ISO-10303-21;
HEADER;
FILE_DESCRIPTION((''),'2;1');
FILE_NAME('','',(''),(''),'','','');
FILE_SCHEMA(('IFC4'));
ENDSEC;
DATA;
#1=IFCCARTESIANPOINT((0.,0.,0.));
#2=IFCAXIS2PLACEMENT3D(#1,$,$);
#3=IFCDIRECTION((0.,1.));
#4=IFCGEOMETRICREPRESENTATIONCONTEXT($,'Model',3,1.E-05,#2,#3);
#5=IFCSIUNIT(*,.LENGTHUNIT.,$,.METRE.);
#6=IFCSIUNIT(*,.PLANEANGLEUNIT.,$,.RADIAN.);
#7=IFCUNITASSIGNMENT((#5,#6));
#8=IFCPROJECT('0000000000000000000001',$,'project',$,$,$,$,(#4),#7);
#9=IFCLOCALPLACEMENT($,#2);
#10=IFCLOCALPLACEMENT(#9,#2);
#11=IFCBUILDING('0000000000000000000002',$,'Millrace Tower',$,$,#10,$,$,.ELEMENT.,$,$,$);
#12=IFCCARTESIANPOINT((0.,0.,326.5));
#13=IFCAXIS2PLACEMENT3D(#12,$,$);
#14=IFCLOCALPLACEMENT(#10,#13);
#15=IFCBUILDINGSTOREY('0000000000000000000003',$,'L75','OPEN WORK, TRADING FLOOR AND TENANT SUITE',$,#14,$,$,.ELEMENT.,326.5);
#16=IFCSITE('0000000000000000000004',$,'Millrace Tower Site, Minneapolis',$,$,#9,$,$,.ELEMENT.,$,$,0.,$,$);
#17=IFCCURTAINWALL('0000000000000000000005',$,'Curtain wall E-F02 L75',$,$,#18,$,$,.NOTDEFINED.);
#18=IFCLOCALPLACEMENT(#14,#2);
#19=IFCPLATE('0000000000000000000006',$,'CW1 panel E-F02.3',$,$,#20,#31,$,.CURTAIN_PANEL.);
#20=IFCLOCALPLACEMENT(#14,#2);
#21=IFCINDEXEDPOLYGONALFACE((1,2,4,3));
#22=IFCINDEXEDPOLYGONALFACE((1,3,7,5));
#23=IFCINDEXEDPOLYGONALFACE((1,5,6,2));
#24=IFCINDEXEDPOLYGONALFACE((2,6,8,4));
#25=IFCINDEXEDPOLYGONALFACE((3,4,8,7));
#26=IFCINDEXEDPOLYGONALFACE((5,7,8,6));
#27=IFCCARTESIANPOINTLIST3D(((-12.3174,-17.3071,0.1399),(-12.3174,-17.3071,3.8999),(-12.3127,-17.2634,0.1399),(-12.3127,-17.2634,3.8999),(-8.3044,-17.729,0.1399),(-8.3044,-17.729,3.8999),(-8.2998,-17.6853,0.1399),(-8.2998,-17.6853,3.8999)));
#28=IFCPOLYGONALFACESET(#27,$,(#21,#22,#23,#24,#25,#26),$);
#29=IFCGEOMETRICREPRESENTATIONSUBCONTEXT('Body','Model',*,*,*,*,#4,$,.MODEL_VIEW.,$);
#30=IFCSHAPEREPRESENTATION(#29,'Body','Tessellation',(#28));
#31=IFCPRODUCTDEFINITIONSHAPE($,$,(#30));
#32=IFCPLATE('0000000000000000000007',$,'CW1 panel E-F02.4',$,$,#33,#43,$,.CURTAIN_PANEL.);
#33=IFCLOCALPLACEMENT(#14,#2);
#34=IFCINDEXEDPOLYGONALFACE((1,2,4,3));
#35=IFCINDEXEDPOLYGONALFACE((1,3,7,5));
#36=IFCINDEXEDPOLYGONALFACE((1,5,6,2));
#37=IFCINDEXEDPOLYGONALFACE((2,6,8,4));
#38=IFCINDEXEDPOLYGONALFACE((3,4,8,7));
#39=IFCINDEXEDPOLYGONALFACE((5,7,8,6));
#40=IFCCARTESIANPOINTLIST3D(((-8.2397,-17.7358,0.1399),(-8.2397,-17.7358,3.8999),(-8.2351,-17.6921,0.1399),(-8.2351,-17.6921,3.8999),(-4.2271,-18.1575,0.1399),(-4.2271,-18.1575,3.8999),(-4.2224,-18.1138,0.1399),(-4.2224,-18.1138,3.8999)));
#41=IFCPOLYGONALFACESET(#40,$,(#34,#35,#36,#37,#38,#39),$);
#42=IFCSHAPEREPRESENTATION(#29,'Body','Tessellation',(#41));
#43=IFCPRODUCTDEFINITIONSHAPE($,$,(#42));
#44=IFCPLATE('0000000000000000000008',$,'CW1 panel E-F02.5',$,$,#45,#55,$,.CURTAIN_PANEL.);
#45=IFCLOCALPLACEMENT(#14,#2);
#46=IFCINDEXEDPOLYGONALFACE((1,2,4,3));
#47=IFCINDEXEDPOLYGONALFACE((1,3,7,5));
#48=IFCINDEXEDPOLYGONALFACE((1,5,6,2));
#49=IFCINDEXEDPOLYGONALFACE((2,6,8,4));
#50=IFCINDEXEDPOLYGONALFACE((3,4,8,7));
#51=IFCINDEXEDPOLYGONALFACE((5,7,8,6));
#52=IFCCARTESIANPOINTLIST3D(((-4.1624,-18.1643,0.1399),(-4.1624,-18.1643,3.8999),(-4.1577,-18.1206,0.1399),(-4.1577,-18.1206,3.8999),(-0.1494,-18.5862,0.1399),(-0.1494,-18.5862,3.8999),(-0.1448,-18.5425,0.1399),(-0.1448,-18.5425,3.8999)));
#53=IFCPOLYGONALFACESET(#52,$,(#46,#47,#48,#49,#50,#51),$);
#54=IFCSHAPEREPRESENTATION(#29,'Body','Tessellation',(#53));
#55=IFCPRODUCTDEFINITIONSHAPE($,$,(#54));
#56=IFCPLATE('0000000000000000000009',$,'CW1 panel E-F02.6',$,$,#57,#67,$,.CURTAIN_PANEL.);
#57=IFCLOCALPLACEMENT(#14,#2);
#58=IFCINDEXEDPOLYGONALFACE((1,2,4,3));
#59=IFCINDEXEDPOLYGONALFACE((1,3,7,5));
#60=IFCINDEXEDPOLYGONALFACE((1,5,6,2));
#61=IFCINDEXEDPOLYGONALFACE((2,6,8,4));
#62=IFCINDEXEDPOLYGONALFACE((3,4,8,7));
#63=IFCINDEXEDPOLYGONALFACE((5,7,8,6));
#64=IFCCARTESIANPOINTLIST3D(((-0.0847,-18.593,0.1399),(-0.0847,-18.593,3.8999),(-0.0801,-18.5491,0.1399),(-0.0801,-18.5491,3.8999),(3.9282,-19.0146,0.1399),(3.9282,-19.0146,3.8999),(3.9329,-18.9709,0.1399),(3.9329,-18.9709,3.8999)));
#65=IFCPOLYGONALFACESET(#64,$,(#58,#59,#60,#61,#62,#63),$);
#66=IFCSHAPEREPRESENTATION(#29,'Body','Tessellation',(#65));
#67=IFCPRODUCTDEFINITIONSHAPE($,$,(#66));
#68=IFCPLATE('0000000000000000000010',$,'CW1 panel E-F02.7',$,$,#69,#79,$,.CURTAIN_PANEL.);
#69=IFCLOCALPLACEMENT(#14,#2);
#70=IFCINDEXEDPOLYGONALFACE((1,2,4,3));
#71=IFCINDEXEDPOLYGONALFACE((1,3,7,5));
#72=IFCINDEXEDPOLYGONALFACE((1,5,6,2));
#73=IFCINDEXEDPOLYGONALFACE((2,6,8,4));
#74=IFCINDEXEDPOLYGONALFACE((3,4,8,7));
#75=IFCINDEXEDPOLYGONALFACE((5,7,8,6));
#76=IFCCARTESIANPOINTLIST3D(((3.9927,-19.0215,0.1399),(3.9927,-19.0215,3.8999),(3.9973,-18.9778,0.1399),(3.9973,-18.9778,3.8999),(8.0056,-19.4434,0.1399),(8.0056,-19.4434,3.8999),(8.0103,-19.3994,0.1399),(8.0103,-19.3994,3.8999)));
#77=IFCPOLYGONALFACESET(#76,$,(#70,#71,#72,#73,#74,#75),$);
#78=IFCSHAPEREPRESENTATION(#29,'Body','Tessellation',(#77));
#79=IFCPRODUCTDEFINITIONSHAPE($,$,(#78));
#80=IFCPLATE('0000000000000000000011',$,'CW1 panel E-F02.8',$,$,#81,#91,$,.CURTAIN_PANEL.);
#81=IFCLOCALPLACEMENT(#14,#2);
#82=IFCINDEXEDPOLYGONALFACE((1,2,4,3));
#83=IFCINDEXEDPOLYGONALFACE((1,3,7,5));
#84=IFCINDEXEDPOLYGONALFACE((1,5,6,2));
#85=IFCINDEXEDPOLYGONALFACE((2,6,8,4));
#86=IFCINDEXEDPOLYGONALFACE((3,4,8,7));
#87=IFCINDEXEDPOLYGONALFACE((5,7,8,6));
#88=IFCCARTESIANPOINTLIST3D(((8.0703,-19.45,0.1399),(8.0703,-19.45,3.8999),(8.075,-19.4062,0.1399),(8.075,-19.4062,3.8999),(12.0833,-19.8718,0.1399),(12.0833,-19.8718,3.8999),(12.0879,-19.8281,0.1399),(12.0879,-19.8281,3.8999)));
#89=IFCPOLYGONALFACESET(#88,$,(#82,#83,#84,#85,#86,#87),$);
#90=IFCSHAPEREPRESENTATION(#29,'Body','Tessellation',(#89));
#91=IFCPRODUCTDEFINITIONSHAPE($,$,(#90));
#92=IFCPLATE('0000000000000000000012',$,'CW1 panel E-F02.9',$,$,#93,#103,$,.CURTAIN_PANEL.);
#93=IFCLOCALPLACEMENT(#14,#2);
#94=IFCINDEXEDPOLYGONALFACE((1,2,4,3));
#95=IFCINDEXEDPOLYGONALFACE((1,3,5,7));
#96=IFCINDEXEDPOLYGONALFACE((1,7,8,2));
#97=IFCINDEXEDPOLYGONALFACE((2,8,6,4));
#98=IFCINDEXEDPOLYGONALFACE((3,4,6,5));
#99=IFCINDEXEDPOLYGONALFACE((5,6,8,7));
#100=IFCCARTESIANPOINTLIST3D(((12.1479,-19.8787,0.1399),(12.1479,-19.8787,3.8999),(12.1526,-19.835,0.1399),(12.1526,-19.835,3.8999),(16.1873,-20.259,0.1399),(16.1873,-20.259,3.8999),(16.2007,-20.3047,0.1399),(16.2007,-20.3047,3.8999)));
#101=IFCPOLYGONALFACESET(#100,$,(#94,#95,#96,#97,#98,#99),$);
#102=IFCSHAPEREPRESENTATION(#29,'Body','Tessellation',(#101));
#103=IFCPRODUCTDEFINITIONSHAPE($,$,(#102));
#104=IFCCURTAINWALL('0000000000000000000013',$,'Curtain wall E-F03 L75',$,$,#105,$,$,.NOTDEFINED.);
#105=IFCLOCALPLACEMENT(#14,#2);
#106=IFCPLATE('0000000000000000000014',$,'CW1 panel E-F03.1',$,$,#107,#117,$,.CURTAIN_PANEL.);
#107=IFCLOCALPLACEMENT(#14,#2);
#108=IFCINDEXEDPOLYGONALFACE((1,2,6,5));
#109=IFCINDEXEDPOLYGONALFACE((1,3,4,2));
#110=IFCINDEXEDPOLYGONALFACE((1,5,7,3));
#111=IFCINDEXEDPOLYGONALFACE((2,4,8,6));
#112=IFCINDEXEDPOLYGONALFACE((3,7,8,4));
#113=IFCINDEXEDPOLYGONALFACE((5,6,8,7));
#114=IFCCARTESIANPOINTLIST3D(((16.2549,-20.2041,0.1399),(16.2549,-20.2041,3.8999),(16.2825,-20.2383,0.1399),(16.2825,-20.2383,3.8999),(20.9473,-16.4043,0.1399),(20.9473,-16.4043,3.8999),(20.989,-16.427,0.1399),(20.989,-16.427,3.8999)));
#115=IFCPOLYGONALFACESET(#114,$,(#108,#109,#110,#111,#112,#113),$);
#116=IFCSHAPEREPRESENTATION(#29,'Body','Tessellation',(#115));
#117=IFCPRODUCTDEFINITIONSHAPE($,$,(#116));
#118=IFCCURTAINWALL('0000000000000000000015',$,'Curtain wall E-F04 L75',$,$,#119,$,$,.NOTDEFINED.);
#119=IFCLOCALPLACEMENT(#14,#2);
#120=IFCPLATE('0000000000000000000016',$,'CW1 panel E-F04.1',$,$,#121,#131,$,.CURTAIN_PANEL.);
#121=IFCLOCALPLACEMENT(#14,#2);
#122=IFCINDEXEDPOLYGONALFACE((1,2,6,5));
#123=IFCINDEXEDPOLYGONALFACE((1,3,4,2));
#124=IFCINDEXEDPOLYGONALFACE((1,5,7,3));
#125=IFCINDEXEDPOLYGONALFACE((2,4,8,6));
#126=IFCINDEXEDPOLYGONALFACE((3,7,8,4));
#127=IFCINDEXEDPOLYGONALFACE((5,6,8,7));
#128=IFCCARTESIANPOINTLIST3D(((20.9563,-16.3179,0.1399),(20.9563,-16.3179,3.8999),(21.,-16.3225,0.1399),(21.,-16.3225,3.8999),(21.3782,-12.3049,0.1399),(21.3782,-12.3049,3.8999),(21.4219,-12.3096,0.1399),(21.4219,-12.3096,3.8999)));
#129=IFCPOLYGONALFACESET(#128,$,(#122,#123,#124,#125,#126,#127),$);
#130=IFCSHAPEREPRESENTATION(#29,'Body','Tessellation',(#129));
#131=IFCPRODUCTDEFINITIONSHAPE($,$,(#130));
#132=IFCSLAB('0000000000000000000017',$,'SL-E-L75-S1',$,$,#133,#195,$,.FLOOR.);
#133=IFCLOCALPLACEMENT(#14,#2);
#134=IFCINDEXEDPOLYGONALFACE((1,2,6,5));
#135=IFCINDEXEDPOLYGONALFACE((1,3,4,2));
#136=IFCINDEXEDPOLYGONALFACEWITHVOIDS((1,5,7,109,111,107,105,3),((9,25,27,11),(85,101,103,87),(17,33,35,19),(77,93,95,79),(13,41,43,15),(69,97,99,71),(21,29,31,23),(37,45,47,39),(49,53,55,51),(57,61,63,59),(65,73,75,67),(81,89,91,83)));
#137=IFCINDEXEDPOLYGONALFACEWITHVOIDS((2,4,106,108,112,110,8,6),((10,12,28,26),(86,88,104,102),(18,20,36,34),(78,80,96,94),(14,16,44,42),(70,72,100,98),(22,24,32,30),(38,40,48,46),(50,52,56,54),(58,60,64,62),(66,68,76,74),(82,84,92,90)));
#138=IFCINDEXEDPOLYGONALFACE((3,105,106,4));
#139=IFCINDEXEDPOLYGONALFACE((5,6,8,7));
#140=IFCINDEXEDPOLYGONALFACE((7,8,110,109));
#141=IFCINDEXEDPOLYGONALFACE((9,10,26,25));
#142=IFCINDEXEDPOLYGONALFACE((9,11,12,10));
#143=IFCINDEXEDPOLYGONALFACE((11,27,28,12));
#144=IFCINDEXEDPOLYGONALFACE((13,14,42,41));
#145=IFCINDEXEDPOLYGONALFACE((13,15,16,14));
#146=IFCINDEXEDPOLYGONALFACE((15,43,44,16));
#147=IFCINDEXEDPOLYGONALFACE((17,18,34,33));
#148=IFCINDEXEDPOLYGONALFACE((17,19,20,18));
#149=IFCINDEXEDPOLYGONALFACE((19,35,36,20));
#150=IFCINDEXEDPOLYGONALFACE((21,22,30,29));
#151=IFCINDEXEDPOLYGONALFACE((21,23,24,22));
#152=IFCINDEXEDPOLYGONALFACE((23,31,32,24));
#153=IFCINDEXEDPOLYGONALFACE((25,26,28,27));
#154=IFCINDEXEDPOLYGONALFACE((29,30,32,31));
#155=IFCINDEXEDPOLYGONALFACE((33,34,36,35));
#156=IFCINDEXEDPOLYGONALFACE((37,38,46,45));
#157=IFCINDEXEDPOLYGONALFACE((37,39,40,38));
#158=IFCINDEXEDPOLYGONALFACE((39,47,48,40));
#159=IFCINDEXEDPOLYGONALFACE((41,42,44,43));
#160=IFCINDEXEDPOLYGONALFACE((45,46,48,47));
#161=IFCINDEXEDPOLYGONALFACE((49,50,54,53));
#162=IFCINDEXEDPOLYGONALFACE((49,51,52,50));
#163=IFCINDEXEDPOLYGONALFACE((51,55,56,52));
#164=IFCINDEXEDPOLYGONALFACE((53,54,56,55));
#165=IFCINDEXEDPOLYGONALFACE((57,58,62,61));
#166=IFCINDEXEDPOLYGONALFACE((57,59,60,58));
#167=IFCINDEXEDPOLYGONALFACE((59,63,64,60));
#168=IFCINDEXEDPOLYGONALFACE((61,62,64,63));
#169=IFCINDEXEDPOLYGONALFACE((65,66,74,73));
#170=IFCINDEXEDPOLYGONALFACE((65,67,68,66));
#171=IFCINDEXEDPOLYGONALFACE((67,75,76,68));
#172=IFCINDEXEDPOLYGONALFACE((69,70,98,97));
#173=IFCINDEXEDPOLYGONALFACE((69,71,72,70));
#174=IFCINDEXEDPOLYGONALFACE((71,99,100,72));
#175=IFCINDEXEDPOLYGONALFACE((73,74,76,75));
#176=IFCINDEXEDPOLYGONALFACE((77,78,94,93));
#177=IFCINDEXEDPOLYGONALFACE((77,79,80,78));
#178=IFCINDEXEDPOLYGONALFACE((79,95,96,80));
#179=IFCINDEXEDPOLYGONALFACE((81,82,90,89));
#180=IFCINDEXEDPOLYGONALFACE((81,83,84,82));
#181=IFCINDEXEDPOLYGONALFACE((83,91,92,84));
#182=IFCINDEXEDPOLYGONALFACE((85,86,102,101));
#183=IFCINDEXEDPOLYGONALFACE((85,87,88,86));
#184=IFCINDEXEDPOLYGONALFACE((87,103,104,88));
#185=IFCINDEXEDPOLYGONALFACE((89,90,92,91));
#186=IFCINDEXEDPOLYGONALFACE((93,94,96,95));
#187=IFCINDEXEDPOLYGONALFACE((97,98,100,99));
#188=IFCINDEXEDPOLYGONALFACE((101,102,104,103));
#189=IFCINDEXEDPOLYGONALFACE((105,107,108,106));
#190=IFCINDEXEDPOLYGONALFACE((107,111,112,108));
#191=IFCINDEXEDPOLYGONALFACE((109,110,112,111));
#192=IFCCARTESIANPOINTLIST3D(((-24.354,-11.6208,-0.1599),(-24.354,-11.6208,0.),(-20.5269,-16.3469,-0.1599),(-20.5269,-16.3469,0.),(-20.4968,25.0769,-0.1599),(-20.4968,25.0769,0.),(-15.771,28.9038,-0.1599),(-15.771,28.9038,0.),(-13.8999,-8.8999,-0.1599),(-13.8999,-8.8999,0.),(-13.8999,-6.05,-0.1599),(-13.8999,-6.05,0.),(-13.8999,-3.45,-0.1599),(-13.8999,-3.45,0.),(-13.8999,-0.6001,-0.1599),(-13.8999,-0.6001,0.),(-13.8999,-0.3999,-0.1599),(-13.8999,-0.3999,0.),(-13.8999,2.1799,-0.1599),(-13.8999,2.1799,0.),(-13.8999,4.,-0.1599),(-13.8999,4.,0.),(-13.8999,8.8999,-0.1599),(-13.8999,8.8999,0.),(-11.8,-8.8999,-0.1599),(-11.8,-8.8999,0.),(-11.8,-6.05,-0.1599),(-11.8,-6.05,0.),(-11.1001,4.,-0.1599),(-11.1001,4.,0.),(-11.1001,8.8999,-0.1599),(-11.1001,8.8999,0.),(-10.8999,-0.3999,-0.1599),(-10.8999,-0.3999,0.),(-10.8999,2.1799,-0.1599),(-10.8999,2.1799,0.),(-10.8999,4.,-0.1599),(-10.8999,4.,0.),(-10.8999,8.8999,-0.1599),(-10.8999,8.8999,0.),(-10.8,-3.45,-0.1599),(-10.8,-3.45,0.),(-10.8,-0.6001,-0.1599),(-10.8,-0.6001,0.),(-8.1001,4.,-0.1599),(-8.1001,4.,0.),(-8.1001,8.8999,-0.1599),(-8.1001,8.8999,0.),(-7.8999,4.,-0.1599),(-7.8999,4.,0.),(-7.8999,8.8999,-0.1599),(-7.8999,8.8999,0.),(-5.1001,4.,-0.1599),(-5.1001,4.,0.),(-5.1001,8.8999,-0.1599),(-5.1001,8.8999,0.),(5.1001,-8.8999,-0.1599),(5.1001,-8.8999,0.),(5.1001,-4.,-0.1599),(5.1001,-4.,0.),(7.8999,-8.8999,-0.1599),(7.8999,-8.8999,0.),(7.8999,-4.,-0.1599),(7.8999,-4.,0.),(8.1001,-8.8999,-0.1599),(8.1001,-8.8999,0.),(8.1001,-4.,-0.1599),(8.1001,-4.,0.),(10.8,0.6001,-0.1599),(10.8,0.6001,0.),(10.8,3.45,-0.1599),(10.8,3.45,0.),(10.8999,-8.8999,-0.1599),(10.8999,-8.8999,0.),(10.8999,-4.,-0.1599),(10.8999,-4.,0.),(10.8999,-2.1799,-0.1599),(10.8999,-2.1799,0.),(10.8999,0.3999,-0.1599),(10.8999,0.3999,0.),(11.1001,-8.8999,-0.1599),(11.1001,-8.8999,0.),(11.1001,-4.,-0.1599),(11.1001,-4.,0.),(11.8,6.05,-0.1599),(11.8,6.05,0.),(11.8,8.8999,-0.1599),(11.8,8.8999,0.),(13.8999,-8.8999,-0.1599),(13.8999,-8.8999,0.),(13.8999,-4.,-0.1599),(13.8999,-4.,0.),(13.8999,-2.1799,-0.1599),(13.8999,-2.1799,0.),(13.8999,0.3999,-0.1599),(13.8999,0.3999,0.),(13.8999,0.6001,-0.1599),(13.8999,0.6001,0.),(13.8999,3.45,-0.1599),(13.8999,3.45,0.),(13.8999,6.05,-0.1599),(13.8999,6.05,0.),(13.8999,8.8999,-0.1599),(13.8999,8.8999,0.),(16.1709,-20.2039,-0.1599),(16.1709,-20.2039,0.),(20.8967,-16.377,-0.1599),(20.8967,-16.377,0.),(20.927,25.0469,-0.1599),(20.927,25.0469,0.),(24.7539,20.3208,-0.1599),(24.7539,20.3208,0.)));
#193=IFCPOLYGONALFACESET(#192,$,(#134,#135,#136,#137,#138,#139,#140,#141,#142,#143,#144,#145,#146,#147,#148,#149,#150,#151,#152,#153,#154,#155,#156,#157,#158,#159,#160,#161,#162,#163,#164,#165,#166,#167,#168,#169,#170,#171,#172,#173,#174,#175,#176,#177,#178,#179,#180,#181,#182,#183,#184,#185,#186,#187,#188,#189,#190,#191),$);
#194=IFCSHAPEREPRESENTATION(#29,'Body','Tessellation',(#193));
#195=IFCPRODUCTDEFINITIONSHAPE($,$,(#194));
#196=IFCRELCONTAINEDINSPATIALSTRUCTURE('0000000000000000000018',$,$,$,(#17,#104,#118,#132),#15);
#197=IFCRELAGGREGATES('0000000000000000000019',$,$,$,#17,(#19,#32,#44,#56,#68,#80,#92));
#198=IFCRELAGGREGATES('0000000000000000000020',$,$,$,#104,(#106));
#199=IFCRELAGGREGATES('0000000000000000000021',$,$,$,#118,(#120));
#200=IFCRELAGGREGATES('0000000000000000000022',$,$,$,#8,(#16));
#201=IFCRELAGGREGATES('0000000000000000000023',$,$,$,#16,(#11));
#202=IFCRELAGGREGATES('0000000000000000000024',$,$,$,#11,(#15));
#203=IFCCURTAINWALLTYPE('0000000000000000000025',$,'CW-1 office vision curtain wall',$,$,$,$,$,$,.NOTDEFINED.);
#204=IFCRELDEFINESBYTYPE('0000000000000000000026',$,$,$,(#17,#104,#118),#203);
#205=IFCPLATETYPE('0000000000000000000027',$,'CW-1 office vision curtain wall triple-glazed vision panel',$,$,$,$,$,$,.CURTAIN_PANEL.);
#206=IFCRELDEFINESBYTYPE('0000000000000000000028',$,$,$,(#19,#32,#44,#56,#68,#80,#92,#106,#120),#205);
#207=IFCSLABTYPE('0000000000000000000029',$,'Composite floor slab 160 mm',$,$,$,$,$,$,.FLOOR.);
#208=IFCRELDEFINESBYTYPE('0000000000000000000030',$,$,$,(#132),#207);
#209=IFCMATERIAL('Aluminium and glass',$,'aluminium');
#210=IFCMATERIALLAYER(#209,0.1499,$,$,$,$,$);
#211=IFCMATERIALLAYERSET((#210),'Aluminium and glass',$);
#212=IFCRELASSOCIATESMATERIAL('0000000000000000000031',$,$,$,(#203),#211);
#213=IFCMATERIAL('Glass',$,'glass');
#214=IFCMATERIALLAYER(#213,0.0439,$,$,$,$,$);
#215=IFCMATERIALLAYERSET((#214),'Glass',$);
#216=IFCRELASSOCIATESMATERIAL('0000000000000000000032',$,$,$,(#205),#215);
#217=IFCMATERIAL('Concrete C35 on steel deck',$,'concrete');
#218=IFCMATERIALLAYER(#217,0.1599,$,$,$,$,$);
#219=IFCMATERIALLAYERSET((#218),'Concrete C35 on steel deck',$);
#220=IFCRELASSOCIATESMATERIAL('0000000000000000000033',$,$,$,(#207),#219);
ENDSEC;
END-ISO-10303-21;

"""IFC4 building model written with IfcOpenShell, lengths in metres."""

from ifc_helpers import new_model, si_unit, direction, frame, origin, place, context, subcontext, project, spatial, polyline, outline, extrude, material, layer, layer_set, type_object, element, aggregate, save


model = new_model("IFC4")

# Units and contexts
model_context = context("Model", 3, precision=1e-05, world=origin(), true_north=direction((0.0, 1.0)))
body_context = subcontext(model_context, "Body", "Model", "MODEL_VIEW")
ifc_project = project(units=[si_unit("LENGTHUNIT", "METRE"), si_unit("PLANEANGLEUNIT", "RADIAN")], contexts=[model_context])

# Site, building, storey
site_placement = place(None, origin())
site = spatial("IfcSite", under=ifc_project, at=site_placement, Name="Millrace Tower Site, Minneapolis", CompositionType="ELEMENT", RefElevation=0.0)
building_placement = place(site_placement, origin())
building = spatial("IfcBuilding", under=site, at=building_placement, Name="Millrace Tower", CompositionType="ELEMENT")
storey_placement = place(building_placement, frame((0.0, 0.0, 326.5)))
storey = spatial("IfcBuildingStorey", under=building, at=storey_placement, Name="L75", Description="OPEN WORK, TRADING FLOOR AND TENANT SUITE", CompositionType="ELEMENT", Elevation=326.5)

# Shared definitions
ifc_material_1 = material(Name="Aluminium and glass", Category="aluminium")
ifc_layer_1 = layer(ifc_material_1, 0.1499)
ifc_layer_set_1 = layer_set([ifc_layer_1], Name="Aluminium and glass")
curtain_wall_type = type_object("IfcCurtainWallType", Name="CW-1 office vision curtain wall", PredefinedType="NOTDEFINED", material=ifc_layer_set_1)
placement_1 = place(storey_placement, origin())
ifc_material_2 = material(Name="Glass", Category="glass")
ifc_layer_2 = layer(ifc_material_2, 0.0439)
ifc_layer_set_2 = layer_set([ifc_layer_2], Name="Glass")
plate_type = type_object("IfcPlateType", Name="CW-1 office vision curtain wall triple-glazed vision panel", PredefinedType="CURTAIN_PANEL", material=ifc_layer_set_2)
placement_2 = place(storey_placement, frame((0.0, 0.0, 0.1399)))

# Curtain wall, plates
curtain_wall_1 = element("IfcCurtainWall", 1, at=placement_1, inside=storey, type_object=curtain_wall_type, Name="Curtain wall E-F02 L75", PredefinedType="NOTDEFINED")
plate_1 = element("IfcPlate", 2, at=placement_2, type_object=plate_type, Name="CW1 panel E-F02.3", PredefinedType="CURTAIN_PANEL", context=body_context, shape_type="SweptSolid", body=[
    extrude(outline(polyline([(-12.3174, -17.3071), (-8.3044, -17.729), (-8.2998, -17.6853), (-12.3127, -17.2634), (-12.3174, -17.3071)])), origin(), (0.0, 0.0, 1.0), 3.76),
])
plate_2 = element("IfcPlate", 3, at=placement_2, type_object=plate_type, Name="CW1 panel E-F02.4", PredefinedType="CURTAIN_PANEL", context=body_context, shape_type="SweptSolid", body=[
    extrude(outline(polyline([(-8.2397, -17.7358), (-4.2271, -18.1575), (-4.2224, -18.1138), (-8.2351, -17.6921), (-8.2397, -17.7358)])), origin(), (0.0, 0.0, 1.0), 3.76),
])
plate_3 = element("IfcPlate", 4, at=placement_2, type_object=plate_type, Name="CW1 panel E-F02.5", PredefinedType="CURTAIN_PANEL", context=body_context, shape_type="SweptSolid", body=[
    extrude(outline(polyline([(-4.1624, -18.1643), (-0.1494, -18.5862), (-0.1448, -18.5425), (-4.1577, -18.1206), (-4.1624, -18.1643)])), origin(), (0.0, 0.0, 1.0), 3.76),
])
plate_4 = element("IfcPlate", 5, at=placement_2, type_object=plate_type, Name="CW1 panel E-F02.6", PredefinedType="CURTAIN_PANEL", context=body_context, shape_type="SweptSolid", body=[
    extrude(outline(polyline([(-0.0847, -18.593), (3.9282, -19.0146), (3.9329, -18.9709), (-0.0801, -18.5491), (-0.0847, -18.593)])), origin(), (0.0, 0.0, 1.0), 3.76),
])
plate_5 = element("IfcPlate", 6, at=placement_2, type_object=plate_type, Name="CW1 panel E-F02.7", PredefinedType="CURTAIN_PANEL", context=body_context, shape_type="SweptSolid", body=[
    extrude(outline(polyline([(3.9927, -19.0215), (8.0056, -19.4434), (8.0103, -19.3994), (3.9973, -18.9778), (3.9927, -19.0215)])), origin(), (0.0, 0.0, 1.0), 3.76),
])
plate_6 = element("IfcPlate", 7, at=placement_2, type_object=plate_type, Name="CW1 panel E-F02.8", PredefinedType="CURTAIN_PANEL", context=body_context, shape_type="SweptSolid", body=[
    extrude(outline(polyline([(8.0703, -19.45), (12.0833, -19.8718), (12.0879, -19.8281), (8.075, -19.4062), (8.0703, -19.45)])), origin(), (0.0, 0.0, 1.0), 3.76),
])
plate_7 = element("IfcPlate", 8, at=placement_2, type_object=plate_type, Name="CW1 panel E-F02.9", PredefinedType="CURTAIN_PANEL", context=body_context, shape_type="SweptSolid", body=[
    extrude(outline(polyline([(12.1479, -19.8787), (16.2007, -20.3047), (16.1873, -20.259), (12.1526, -19.835), (12.1479, -19.8787)])), origin(), (0.0, 0.0, 1.0), 3.76),
])
aggregate(curtain_wall_1, [plate_1, plate_2, plate_3, plate_4, plate_5, plate_6, plate_7])

# Curtain walls, plates
curtain_wall_2 = element("IfcCurtainWall", 9, at=placement_1, inside=storey, type_object=curtain_wall_type, Name="Curtain wall E-F03 L75", PredefinedType="NOTDEFINED")
plate_8 = element("IfcPlate", 10, at=placement_2, type_object=plate_type, Name="CW1 panel E-F03.1", PredefinedType="CURTAIN_PANEL", context=body_context, shape_type="SweptSolid", body=[
    extrude(outline(polyline([(16.2825, -20.2383), (20.989, -16.427), (20.9473, -16.4043), (16.2549, -20.2041), (16.2825, -20.2383)])), origin(), (0.0, 0.0, 1.0), 3.76),
])
aggregate(curtain_wall_2, [plate_8])
curtain_wall_3 = element("IfcCurtainWall", 11, at=placement_1, inside=storey, type_object=curtain_wall_type, Name="Curtain wall E-F04 L75", PredefinedType="NOTDEFINED")
plate_9 = element("IfcPlate", 12, at=placement_2, type_object=plate_type, Name="CW1 panel E-F04.1", PredefinedType="CURTAIN_PANEL", context=body_context, shape_type="SweptSolid", body=[
    extrude(outline(polyline([(21.0, -16.3225), (21.4219, -12.3096), (21.3782, -12.3049), (20.9563, -16.3179), (21.0, -16.3225)])), origin(), (0.0, 0.0, 1.0), 3.76),
])
aggregate(curtain_wall_3, [plate_9])

# Slab
ifc_material_3 = material(Name="Concrete C35 on steel deck", Category="concrete")
ifc_layer_3 = layer(ifc_material_3, 0.1599)
ifc_layer_set_3 = layer_set([ifc_layer_3], Name="Concrete C35 on steel deck")
slab_type = type_object("IfcSlabType", Name="Composite floor slab 160 mm", PredefinedType="FLOOR", material=ifc_layer_set_3)
slab_placement = place(storey_placement, frame((0.0, 0.0, -0.1599)))
element("IfcSlab", 13, at=slab_placement, inside=storey, type_object=slab_type, Name="SL-E-L75-S1", PredefinedType="FLOOR", context=body_context, shape_type="SweptSolid", body=[
    extrude(outline(polyline([(-24.354, -11.6208), (-20.5269, -16.3469), (16.1709, -20.2039), (20.8967, -16.377), (24.7539, 20.3208), (20.927, 25.0469), (-15.771, 28.9038), (-20.4968, 25.0769), (-24.354, -11.6208)]), holes=[polyline([(-13.8999, -8.8999), (-11.8, -8.8999), (-11.8, -6.05), (-13.8999, -6.05), (-13.8999, -8.8999)]), polyline([(-13.8999, -3.45), (-10.8, -3.45), (-10.8, -0.6001), (-13.8999, -0.6001), (-13.8999, -3.45)]), polyline([(-13.8999, -0.3999), (-10.8999, -0.3999), (-10.8999, 2.1799), (-13.8999, 2.1799), (-13.8999, -0.3999)]), polyline([(-13.8999, 4.0), (-11.1001, 4.0), (-11.1001, 8.8999), (-13.8999, 8.8999), (-13.8999, 4.0)]), polyline([(-10.8999, 4.0), (-8.1001, 4.0), (-8.1001, 8.8999), (-10.8999, 8.8999), (-10.8999, 4.0)]), polyline([(-7.8999, 4.0), (-5.1001, 4.0), (-5.1001, 8.8999), (-7.8999, 8.8999), (-7.8999, 4.0)]), polyline([(11.8, 6.05), (13.8999, 6.05), (13.8999, 8.8999), (11.8, 8.8999), (11.8, 6.05)]), polyline([(10.8, 0.6001), (13.8999, 0.6001), (13.8999, 3.45), (10.8, 3.45), (10.8, 0.6001)]), polyline([(10.8999, -2.1799), (13.8999, -2.1799), (13.8999, 0.3999), (10.8999, 0.3999), (10.8999, -2.1799)]), polyline([(11.1001, -8.8999), (13.8999, -8.8999), (13.8999, -4.0), (11.1001, -4.0), (11.1001, -8.8999)]), polyline([(8.1001, -8.8999), (10.8999, -8.8999), (10.8999, -4.0), (8.1001, -4.0), (8.1001, -8.8999)]), polyline([(5.1001, -8.8999), (7.8999, -8.8999), (7.8999, -4.0), (5.1001, -4.0), (5.1001, -8.8999)])]), origin(), (0.0, 0.0, 1.0), 0.1599),
])

save(model, "model.ifc")
